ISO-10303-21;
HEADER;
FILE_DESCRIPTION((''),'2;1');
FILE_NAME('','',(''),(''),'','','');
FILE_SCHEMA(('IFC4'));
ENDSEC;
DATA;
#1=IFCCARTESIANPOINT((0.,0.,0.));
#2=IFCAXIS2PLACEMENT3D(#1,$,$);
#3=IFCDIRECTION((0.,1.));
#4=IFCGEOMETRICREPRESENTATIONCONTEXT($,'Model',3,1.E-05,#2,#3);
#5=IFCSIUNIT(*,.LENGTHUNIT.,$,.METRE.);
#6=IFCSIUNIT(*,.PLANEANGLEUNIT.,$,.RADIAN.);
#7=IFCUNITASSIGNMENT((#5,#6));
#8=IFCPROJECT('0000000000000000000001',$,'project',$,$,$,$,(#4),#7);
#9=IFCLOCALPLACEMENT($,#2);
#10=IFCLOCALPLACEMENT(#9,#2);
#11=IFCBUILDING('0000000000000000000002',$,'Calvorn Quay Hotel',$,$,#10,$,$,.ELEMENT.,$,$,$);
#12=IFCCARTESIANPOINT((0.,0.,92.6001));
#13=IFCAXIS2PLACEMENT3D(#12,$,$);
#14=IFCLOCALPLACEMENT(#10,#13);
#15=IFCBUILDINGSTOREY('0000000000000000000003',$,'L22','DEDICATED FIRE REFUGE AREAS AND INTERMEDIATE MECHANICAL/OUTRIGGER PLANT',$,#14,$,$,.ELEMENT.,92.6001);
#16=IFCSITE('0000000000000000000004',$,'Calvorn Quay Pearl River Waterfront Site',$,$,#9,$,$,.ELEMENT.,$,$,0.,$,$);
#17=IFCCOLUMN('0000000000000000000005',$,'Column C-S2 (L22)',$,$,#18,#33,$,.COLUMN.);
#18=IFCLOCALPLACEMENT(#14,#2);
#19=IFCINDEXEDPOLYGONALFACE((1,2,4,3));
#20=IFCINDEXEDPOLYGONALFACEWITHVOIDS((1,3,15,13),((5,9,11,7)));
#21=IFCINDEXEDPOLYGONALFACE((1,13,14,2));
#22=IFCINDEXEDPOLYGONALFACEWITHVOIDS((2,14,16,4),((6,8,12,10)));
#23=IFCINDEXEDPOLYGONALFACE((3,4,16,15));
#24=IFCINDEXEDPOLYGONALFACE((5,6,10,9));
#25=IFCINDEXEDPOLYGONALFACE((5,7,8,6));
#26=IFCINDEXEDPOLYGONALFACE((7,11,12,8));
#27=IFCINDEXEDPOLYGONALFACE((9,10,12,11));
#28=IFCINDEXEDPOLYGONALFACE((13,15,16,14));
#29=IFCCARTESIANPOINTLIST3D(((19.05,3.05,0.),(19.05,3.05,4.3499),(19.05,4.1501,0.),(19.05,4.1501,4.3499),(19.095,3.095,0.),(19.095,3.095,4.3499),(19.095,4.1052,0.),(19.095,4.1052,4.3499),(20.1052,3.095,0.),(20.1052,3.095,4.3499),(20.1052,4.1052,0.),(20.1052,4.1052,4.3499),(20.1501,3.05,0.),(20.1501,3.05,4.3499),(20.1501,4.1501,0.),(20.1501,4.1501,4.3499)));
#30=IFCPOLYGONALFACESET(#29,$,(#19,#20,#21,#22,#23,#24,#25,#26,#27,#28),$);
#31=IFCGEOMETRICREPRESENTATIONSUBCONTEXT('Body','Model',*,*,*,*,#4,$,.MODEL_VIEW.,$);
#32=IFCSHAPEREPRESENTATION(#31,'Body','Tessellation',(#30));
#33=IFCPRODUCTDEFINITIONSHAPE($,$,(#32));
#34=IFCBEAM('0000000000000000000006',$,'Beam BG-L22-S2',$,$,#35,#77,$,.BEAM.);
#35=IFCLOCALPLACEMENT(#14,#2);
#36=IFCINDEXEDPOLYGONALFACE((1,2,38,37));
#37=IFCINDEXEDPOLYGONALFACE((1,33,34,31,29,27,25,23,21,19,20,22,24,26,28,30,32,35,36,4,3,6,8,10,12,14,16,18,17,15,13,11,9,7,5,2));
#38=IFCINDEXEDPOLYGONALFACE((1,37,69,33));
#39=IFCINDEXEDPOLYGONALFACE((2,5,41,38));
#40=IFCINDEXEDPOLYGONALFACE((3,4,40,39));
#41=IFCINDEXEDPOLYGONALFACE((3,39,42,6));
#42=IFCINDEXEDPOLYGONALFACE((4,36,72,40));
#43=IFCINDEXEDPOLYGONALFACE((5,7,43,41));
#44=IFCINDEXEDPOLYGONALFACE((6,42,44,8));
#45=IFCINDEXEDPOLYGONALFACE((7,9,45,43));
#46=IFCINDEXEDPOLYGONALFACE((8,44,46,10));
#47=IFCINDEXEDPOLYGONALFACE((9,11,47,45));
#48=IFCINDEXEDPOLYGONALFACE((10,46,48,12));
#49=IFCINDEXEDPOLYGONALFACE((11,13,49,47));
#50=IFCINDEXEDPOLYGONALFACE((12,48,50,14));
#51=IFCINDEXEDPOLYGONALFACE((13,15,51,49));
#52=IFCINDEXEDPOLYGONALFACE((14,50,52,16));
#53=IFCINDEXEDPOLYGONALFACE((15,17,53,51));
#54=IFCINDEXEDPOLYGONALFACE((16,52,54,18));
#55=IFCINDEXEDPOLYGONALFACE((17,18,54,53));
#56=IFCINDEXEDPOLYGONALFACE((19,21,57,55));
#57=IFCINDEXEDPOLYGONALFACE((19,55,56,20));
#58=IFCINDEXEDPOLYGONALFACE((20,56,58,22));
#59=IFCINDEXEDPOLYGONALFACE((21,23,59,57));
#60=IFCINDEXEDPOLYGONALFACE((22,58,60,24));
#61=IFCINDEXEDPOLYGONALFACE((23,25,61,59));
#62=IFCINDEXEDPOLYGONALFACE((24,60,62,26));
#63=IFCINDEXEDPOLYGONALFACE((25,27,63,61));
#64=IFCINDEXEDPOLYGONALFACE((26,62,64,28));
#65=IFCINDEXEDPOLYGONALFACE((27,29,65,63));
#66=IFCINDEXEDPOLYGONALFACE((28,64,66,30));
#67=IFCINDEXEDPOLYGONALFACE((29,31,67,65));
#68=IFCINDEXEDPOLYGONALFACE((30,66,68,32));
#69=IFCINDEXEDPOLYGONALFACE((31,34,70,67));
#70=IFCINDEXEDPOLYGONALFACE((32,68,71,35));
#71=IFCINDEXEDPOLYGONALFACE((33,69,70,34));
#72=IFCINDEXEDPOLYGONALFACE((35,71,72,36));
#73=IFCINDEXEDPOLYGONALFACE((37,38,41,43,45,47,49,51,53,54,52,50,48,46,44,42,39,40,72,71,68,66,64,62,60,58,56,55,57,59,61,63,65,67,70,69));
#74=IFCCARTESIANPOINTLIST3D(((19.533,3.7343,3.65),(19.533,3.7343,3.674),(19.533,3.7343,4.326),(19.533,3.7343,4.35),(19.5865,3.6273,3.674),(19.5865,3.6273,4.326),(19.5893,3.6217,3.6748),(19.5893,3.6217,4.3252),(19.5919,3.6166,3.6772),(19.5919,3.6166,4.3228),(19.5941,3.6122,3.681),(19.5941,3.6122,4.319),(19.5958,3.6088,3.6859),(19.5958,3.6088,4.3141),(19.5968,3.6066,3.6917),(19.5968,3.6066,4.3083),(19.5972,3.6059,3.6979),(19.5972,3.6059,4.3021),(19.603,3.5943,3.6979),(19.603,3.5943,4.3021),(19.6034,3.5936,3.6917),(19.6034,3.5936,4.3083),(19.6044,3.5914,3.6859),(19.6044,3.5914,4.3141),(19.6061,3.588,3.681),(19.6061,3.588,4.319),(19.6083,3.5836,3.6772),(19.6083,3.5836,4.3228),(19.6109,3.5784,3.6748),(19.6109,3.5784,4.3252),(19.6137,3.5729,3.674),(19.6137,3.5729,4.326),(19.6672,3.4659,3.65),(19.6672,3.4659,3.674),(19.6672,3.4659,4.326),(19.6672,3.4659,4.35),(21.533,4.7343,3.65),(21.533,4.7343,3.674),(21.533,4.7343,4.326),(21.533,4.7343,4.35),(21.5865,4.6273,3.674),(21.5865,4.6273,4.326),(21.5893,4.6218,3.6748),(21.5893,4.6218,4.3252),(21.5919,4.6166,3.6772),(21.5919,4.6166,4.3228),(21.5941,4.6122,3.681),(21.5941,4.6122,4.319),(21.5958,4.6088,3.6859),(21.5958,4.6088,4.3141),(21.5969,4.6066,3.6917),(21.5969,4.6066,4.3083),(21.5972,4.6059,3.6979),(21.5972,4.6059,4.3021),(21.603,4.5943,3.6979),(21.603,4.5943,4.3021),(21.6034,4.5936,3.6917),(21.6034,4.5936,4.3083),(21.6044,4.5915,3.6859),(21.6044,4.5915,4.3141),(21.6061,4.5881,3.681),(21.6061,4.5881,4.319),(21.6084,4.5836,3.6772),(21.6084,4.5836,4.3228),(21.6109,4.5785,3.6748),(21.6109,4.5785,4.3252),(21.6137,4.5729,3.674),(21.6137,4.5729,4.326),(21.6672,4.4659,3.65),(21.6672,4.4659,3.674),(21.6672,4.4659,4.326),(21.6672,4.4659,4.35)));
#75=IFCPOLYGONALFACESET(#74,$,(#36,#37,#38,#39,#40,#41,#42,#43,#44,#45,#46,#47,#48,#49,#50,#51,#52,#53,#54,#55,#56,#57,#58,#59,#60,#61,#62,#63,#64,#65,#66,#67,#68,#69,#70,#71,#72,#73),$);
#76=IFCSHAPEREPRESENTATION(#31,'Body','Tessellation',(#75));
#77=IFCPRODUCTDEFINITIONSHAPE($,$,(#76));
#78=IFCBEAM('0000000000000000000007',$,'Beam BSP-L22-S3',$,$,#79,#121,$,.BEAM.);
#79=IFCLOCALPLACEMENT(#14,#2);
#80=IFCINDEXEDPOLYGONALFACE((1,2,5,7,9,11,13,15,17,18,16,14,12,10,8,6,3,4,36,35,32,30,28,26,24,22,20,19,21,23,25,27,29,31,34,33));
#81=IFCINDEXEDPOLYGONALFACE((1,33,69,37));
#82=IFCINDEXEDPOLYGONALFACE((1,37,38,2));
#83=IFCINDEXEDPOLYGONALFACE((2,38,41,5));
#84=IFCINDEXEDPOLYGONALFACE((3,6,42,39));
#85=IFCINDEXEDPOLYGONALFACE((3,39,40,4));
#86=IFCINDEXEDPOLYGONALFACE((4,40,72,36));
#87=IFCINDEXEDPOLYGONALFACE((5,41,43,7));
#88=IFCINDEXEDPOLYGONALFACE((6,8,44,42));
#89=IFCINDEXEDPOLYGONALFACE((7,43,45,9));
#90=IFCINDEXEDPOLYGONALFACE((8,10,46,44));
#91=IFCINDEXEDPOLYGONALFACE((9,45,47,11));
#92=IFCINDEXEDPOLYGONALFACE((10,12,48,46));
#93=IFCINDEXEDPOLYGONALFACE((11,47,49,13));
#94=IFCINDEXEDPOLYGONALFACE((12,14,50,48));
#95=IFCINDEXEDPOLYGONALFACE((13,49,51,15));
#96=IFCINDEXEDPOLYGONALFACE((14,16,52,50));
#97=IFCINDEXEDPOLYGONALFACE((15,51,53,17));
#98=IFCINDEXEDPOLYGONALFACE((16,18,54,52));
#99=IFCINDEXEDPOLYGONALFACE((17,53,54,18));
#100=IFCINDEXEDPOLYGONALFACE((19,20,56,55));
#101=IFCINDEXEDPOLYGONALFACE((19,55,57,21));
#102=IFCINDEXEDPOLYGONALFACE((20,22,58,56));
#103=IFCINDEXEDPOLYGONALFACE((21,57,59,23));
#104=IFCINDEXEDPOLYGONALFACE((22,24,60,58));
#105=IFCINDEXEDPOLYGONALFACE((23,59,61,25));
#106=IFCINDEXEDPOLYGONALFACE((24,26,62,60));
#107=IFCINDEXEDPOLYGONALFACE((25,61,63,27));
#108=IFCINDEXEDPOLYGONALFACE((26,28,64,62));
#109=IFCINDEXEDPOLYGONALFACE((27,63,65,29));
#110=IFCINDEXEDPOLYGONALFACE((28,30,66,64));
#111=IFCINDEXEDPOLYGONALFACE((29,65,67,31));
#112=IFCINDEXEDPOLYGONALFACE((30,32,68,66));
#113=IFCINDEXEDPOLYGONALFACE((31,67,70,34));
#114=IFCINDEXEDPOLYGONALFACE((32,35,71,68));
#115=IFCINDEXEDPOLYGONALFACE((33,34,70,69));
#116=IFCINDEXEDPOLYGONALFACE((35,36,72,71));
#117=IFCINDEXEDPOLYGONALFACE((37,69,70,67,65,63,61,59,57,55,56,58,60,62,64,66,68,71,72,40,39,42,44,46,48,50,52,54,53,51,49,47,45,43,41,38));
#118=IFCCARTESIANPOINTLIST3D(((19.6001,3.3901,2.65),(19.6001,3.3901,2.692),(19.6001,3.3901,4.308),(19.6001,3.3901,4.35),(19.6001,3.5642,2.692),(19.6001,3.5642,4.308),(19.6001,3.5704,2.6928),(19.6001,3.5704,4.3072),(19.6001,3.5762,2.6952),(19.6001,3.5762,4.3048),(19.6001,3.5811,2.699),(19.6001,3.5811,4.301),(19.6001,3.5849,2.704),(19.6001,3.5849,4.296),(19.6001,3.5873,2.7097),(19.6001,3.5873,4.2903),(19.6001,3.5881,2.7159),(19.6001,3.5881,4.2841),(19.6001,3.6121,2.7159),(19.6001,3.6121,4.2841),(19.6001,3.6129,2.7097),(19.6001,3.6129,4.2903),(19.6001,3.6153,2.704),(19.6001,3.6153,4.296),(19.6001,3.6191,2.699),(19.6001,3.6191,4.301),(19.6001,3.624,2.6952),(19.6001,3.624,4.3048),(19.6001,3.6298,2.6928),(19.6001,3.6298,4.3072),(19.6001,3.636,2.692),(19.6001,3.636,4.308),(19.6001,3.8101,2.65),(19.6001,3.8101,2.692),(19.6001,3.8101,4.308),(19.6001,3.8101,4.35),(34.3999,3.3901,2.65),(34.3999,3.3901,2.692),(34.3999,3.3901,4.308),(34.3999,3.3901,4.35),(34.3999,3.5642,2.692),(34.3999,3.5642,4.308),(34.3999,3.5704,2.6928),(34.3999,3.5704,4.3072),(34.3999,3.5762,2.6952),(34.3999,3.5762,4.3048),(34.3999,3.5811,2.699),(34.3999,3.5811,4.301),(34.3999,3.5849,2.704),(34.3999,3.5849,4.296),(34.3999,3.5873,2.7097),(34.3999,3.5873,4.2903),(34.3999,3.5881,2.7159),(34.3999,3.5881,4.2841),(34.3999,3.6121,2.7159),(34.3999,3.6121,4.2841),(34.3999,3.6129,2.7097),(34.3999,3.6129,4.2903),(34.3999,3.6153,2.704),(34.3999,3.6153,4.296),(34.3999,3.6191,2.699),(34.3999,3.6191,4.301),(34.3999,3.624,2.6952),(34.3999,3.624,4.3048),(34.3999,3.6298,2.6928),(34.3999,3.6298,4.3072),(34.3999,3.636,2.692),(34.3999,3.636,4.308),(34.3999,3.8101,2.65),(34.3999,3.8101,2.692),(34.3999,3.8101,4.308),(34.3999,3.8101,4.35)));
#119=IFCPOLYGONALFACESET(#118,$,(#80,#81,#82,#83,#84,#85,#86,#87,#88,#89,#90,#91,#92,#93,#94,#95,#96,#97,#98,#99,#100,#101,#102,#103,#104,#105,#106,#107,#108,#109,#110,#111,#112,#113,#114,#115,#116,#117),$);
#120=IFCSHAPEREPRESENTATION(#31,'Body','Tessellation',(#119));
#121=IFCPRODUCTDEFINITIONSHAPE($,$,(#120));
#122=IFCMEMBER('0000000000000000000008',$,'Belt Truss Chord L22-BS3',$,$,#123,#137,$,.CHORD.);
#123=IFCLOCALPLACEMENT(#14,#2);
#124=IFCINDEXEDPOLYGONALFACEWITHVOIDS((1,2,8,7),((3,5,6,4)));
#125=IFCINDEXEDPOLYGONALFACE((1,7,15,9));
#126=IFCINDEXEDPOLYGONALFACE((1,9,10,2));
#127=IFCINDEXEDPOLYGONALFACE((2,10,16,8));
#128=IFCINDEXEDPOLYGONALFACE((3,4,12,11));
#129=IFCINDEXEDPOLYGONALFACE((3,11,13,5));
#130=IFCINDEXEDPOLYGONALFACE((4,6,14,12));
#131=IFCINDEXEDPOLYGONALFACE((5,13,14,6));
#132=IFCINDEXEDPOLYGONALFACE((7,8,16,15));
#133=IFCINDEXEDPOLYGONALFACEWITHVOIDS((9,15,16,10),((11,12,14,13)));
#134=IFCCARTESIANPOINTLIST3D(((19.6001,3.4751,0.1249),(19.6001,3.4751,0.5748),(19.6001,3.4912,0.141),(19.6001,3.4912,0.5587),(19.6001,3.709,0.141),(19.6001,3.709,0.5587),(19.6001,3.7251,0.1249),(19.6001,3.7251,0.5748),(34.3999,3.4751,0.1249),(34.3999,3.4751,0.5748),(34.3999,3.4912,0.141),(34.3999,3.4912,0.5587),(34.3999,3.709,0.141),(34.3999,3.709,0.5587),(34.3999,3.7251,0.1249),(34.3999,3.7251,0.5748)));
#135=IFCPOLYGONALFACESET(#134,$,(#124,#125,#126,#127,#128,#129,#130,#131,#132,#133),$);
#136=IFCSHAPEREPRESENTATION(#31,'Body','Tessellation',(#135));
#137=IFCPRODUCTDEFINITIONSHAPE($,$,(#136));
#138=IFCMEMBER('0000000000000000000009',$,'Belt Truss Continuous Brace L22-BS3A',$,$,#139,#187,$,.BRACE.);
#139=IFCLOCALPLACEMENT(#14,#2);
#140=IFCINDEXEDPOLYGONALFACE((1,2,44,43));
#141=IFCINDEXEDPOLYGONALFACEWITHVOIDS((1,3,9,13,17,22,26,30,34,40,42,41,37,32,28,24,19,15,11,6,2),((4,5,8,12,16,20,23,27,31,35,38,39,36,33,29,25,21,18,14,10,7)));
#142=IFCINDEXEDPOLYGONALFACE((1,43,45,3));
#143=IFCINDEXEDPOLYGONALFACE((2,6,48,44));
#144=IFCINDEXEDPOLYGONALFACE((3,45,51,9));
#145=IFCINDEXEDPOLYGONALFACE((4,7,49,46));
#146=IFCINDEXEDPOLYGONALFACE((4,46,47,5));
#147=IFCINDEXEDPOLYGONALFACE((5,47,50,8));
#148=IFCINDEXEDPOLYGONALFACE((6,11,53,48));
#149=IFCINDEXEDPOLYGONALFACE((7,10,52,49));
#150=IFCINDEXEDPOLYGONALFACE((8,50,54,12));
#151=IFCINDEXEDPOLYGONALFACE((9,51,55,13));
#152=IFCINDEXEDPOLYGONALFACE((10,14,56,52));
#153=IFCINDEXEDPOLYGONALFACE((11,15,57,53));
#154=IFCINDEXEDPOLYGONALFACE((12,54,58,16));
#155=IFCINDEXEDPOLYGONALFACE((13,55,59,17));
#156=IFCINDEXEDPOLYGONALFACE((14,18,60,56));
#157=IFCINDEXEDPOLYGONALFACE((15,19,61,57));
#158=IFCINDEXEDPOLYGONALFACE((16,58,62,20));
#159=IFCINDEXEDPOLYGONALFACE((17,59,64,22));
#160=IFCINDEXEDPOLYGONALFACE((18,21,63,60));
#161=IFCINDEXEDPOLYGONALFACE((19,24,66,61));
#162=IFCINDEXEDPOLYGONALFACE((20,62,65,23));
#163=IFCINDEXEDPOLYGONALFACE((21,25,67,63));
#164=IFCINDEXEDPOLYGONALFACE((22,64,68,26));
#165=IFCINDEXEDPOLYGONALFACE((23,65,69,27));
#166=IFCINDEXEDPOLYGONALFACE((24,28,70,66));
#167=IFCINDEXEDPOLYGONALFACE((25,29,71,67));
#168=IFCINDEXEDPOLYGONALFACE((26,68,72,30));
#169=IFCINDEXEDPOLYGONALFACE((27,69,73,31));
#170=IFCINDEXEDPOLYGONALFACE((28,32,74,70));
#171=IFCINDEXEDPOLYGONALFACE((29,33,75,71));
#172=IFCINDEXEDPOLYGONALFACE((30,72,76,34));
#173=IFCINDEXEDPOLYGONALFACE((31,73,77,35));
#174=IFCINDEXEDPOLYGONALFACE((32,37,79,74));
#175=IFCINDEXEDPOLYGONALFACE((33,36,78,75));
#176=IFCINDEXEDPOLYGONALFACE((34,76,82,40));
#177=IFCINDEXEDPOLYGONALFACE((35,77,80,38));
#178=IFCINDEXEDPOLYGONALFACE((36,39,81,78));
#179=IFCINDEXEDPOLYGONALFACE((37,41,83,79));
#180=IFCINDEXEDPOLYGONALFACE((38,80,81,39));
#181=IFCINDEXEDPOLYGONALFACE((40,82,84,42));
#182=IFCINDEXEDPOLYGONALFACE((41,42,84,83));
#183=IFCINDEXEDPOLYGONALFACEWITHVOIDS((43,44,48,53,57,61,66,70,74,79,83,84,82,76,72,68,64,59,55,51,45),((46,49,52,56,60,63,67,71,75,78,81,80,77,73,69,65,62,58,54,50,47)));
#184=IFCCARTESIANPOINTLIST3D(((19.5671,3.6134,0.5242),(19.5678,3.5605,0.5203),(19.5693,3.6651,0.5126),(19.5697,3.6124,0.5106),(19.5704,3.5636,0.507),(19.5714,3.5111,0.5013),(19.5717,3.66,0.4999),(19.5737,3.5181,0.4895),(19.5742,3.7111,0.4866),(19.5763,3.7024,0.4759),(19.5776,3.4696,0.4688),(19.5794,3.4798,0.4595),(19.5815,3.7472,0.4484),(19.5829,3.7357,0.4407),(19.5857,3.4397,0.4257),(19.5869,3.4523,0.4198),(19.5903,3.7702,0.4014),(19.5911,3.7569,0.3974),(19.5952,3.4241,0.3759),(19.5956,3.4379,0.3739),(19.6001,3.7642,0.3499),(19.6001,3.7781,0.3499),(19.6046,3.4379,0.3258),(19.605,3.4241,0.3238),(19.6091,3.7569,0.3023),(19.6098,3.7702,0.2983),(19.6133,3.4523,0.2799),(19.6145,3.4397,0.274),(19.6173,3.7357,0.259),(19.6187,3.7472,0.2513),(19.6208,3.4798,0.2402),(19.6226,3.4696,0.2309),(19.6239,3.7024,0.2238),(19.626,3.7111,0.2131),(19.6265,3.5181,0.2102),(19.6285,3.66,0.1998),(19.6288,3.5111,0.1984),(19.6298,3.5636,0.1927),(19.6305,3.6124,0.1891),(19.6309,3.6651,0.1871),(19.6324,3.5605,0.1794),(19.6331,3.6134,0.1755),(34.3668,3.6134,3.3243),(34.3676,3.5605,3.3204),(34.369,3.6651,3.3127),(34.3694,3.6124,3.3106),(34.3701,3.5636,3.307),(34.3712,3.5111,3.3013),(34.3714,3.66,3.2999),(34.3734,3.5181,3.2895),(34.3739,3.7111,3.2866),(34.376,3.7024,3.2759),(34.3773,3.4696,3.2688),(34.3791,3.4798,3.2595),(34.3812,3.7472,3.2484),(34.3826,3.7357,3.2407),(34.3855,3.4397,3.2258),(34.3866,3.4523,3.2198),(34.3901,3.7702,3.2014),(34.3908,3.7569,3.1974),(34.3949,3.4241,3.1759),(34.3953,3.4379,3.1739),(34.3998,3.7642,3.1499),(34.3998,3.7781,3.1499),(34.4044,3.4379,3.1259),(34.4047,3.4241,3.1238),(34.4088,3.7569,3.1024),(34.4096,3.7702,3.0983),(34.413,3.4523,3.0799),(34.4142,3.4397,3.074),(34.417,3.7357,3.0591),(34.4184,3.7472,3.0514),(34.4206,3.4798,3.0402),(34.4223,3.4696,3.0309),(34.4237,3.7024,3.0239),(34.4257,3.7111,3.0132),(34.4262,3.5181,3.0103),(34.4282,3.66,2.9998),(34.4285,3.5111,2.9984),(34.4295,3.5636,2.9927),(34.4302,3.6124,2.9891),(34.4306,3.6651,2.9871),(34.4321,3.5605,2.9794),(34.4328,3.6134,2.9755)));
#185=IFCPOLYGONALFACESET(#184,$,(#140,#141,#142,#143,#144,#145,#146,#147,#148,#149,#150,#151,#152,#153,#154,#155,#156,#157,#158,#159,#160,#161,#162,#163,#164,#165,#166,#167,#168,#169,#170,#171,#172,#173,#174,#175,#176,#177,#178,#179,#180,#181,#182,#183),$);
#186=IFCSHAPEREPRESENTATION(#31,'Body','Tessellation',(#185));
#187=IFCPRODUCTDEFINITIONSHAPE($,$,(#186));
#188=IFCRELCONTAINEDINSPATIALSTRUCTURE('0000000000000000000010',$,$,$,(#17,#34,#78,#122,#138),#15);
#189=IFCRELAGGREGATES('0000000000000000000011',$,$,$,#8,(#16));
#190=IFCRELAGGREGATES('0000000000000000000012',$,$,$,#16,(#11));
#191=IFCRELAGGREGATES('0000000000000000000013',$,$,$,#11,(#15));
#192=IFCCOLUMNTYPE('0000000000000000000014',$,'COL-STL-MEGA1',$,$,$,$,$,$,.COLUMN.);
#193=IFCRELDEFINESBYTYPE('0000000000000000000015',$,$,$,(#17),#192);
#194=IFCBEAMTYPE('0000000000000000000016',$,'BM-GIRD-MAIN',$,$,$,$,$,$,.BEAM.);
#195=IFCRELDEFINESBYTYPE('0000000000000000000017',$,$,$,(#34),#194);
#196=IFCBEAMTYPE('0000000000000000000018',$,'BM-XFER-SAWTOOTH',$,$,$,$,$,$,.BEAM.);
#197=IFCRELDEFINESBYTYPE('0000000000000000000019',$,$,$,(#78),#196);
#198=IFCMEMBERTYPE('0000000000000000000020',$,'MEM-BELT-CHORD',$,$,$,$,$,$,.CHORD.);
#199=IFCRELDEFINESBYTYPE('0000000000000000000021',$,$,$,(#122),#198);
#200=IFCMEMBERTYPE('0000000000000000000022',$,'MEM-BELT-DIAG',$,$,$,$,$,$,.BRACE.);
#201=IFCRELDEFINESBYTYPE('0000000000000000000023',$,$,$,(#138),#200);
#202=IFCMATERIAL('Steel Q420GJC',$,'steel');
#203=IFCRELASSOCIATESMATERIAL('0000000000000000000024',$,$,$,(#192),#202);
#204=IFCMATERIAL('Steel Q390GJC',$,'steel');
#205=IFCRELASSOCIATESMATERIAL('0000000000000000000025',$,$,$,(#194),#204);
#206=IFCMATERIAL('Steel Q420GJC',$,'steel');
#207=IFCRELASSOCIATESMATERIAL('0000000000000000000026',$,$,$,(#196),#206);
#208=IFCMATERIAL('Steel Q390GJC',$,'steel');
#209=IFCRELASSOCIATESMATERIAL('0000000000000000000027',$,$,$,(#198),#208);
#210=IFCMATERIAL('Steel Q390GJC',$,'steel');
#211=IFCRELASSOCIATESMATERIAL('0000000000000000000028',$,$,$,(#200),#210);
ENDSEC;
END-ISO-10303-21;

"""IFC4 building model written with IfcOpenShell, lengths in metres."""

from ifc_helpers import new_model, si_unit, direction, frame, origin, origin_2d, place, context, subcontext, project, spatial, hollow_rectangle, hollow_circle, i_section, extrude, material, material_profile, profile_set, type_object, element, save


model = new_model("IFC4")

# Units and contexts
model_context = context("Model", 3, precision=1e-05, world=origin(), true_north=direction((0.0, 1.0)))
body_context = subcontext(model_context, "Body", "Model", "MODEL_VIEW")
ifc_project = project(units=[si_unit("LENGTHUNIT", "METRE"), si_unit("PLANEANGLEUNIT", "RADIAN")], contexts=[model_context])

# Site, building, storey
site_placement = place(None, origin())
site = spatial("IfcSite", under=ifc_project, at=site_placement, Name="Calvorn Quay Pearl River Waterfront Site", CompositionType="ELEMENT", RefElevation=0.0)
building_placement = place(site_placement, origin())
building = spatial("IfcBuilding", under=site, at=building_placement, Name="Calvorn Quay Hotel", CompositionType="ELEMENT")
storey_placement = place(building_placement, frame((0.0, 0.0, 92.6001)))
storey = spatial("IfcBuildingStorey", under=building, at=storey_placement, Name="L22", Description="DEDICATED FIRE REFUGE AREAS AND INTERMEDIATE MECHANICAL/OUTRIGGER PLANT", CompositionType="ELEMENT", Elevation=92.6001)

# Column
ifc_material_1 = material(Name="Steel Q420GJC", Category="steel")
ifc_material_profile_1 = material_profile(ifc_material_1, hollow_rectangle(XDim=1.1001, YDim=1.1001, WallThickness=0.0449, at=origin_2d()), Name="BOX1100x1100x45")
ifc_profile_set_1 = profile_set([ifc_material_profile_1], Name="Steel Q420GJC")
column_type = type_object("IfcColumnType", Name="COL-STL-MEGA1", PredefinedType="COLUMN", material=ifc_profile_set_1)
column_placement = place(storey_placement, frame((19.6001, 3.6001, 0.0), z_axis=(0.0, 0.0, 1.0), x_axis=(1.0, 0.0, 0.0)))
element("IfcColumn", 1, at=column_placement, inside=storey, type_object=column_type, Name="Column C-S2 (L22)", PredefinedType="COLUMN", context=body_context, shape_type="SweptSolid", body=[
    extrude(hollow_rectangle(XDim=1.1001, YDim=1.1001, WallThickness=0.0449, at=origin_2d()), origin(), (0.0, 0.0, 1.0), 4.3499),
])

# Beams
ifc_material_2 = material(Name="Steel Q390GJC", Category="steel")
ifc_material_profile_2 = material_profile(ifc_material_2, i_section(OverallWidth=0.3, OverallDepth=0.7, WebThickness=0.0129, FlangeThickness=0.0239, FilletRadius=0.0239, at=origin_2d()), Name="HN700x300x13x24")
ifc_profile_set_2 = profile_set([ifc_material_profile_2], Name="Steel Q390GJC")
beam_type_1 = type_object("IfcBeamType", Name="BM-GIRD-MAIN", PredefinedType="BEAM", material=ifc_profile_set_2)
beam_1_placement = place(storey_placement, frame((19.6001, 3.6001, 4.0), z_axis=(0.894427, 0.447214, 0.0), x_axis=(-0.447214, 0.894427, 0.0)))
element("IfcBeam", 2, at=beam_1_placement, inside=storey, type_object=beam_type_1, Name="Beam BG-L22-S2", PredefinedType="BEAM", context=body_context, shape_type="SweptSolid", body=[
    extrude(i_section(OverallWidth=0.3, OverallDepth=0.7, WebThickness=0.0129, FlangeThickness=0.0239, FilletRadius=0.0239, at=origin_2d()), origin(), (0.0, 0.0, 1.0), 2.2361),
])
ifc_material_3 = material(Name="Steel Q420GJC", Category="steel")
ifc_material_profile_3 = material_profile(ifc_material_3, i_section(OverallWidth=0.4199, OverallDepth=1.7, WebThickness=0.0239, FlangeThickness=0.042, FilletRadius=0.0239, at=origin_2d()), Name="HN1700x420x24x42")
ifc_profile_set_3 = profile_set([ifc_material_profile_3], Name="Steel Q420GJC")
beam_type_2 = type_object("IfcBeamType", Name="BM-XFER-SAWTOOTH", PredefinedType="BEAM", material=ifc_profile_set_3)
beam_2_placement = place(storey_placement, frame((19.6001, 3.6001, 3.5), z_axis=(1.0, 0.0, 0.0), x_axis=(0.0, 1.0, 0.0)))
element("IfcBeam", 3, at=beam_2_placement, inside=storey, type_object=beam_type_2, Name="Beam BSP-L22-S3", PredefinedType="BEAM", context=body_context, shape_type="SweptSolid", body=[
    extrude(i_section(OverallWidth=0.4199, OverallDepth=1.7, WebThickness=0.0239, FlangeThickness=0.042, FilletRadius=0.0239, at=origin_2d()), origin(), (0.0, 0.0, 1.0), 14.7998),
])

# Members
ifc_material_4 = material(Name="Steel Q390GJC", Category="steel")
ifc_material_profile_4 = material_profile(ifc_material_4, hollow_rectangle(XDim=0.25, YDim=0.45, WallThickness=0.0161, at=origin_2d()), Name="RHS450x250x16")
ifc_profile_set_4 = profile_set([ifc_material_profile_4], Name="Steel Q390GJC")
member_type_1 = type_object("IfcMemberType", Name="MEM-BELT-CHORD", PredefinedType="CHORD", material=ifc_profile_set_4)
member_1_placement = place(storey_placement, frame((19.6001, 3.6001, 0.3499), z_axis=(1.0, 0.0, 0.0), x_axis=(0.0, 1.0, 0.0)))
element("IfcMember", 4, at=member_1_placement, inside=storey, type_object=member_type_1, Name="Belt Truss Chord L22-BS3", PredefinedType="CHORD", context=body_context, shape_type="SweptSolid", body=[
    extrude(hollow_rectangle(XDim=0.25, YDim=0.45, WallThickness=0.0161, at=origin_2d()), origin(), (0.0, 0.0, 1.0), 14.7998),
])
ifc_material_5 = material(Name="Steel Q390GJC", Category="steel")
ifc_material_profile_5 = material_profile(ifc_material_5, hollow_circle(Radius=0.178, WallThickness=0.0139, at=origin_2d()), Name="CHS356x14")
ifc_profile_set_5 = profile_set([ifc_material_profile_5], Name="Steel Q390GJC")
member_type_2 = type_object("IfcMemberType", Name="MEM-BELT-DIAG", PredefinedType="BRACE", material=ifc_profile_set_5)
member_2_placement = place(storey_placement, frame((19.6001, 3.6001, 0.3499), z_axis=(0.982569, 0.0, 0.185897), x_axis=(0.0, 1.0, 0.0)))
element("IfcMember", 5, at=member_2_placement, inside=storey, type_object=member_type_2, Name="Belt Truss Continuous Brace L22-BS3A", PredefinedType="BRACE", context=body_context, shape_type="SweptSolid", body=[
    extrude(hollow_circle(Radius=0.178, WallThickness=0.0139, at=origin_2d()), origin(), (0.0, 0.0, 1.0), 15.0623),
])

save(model, "model.ifc")
